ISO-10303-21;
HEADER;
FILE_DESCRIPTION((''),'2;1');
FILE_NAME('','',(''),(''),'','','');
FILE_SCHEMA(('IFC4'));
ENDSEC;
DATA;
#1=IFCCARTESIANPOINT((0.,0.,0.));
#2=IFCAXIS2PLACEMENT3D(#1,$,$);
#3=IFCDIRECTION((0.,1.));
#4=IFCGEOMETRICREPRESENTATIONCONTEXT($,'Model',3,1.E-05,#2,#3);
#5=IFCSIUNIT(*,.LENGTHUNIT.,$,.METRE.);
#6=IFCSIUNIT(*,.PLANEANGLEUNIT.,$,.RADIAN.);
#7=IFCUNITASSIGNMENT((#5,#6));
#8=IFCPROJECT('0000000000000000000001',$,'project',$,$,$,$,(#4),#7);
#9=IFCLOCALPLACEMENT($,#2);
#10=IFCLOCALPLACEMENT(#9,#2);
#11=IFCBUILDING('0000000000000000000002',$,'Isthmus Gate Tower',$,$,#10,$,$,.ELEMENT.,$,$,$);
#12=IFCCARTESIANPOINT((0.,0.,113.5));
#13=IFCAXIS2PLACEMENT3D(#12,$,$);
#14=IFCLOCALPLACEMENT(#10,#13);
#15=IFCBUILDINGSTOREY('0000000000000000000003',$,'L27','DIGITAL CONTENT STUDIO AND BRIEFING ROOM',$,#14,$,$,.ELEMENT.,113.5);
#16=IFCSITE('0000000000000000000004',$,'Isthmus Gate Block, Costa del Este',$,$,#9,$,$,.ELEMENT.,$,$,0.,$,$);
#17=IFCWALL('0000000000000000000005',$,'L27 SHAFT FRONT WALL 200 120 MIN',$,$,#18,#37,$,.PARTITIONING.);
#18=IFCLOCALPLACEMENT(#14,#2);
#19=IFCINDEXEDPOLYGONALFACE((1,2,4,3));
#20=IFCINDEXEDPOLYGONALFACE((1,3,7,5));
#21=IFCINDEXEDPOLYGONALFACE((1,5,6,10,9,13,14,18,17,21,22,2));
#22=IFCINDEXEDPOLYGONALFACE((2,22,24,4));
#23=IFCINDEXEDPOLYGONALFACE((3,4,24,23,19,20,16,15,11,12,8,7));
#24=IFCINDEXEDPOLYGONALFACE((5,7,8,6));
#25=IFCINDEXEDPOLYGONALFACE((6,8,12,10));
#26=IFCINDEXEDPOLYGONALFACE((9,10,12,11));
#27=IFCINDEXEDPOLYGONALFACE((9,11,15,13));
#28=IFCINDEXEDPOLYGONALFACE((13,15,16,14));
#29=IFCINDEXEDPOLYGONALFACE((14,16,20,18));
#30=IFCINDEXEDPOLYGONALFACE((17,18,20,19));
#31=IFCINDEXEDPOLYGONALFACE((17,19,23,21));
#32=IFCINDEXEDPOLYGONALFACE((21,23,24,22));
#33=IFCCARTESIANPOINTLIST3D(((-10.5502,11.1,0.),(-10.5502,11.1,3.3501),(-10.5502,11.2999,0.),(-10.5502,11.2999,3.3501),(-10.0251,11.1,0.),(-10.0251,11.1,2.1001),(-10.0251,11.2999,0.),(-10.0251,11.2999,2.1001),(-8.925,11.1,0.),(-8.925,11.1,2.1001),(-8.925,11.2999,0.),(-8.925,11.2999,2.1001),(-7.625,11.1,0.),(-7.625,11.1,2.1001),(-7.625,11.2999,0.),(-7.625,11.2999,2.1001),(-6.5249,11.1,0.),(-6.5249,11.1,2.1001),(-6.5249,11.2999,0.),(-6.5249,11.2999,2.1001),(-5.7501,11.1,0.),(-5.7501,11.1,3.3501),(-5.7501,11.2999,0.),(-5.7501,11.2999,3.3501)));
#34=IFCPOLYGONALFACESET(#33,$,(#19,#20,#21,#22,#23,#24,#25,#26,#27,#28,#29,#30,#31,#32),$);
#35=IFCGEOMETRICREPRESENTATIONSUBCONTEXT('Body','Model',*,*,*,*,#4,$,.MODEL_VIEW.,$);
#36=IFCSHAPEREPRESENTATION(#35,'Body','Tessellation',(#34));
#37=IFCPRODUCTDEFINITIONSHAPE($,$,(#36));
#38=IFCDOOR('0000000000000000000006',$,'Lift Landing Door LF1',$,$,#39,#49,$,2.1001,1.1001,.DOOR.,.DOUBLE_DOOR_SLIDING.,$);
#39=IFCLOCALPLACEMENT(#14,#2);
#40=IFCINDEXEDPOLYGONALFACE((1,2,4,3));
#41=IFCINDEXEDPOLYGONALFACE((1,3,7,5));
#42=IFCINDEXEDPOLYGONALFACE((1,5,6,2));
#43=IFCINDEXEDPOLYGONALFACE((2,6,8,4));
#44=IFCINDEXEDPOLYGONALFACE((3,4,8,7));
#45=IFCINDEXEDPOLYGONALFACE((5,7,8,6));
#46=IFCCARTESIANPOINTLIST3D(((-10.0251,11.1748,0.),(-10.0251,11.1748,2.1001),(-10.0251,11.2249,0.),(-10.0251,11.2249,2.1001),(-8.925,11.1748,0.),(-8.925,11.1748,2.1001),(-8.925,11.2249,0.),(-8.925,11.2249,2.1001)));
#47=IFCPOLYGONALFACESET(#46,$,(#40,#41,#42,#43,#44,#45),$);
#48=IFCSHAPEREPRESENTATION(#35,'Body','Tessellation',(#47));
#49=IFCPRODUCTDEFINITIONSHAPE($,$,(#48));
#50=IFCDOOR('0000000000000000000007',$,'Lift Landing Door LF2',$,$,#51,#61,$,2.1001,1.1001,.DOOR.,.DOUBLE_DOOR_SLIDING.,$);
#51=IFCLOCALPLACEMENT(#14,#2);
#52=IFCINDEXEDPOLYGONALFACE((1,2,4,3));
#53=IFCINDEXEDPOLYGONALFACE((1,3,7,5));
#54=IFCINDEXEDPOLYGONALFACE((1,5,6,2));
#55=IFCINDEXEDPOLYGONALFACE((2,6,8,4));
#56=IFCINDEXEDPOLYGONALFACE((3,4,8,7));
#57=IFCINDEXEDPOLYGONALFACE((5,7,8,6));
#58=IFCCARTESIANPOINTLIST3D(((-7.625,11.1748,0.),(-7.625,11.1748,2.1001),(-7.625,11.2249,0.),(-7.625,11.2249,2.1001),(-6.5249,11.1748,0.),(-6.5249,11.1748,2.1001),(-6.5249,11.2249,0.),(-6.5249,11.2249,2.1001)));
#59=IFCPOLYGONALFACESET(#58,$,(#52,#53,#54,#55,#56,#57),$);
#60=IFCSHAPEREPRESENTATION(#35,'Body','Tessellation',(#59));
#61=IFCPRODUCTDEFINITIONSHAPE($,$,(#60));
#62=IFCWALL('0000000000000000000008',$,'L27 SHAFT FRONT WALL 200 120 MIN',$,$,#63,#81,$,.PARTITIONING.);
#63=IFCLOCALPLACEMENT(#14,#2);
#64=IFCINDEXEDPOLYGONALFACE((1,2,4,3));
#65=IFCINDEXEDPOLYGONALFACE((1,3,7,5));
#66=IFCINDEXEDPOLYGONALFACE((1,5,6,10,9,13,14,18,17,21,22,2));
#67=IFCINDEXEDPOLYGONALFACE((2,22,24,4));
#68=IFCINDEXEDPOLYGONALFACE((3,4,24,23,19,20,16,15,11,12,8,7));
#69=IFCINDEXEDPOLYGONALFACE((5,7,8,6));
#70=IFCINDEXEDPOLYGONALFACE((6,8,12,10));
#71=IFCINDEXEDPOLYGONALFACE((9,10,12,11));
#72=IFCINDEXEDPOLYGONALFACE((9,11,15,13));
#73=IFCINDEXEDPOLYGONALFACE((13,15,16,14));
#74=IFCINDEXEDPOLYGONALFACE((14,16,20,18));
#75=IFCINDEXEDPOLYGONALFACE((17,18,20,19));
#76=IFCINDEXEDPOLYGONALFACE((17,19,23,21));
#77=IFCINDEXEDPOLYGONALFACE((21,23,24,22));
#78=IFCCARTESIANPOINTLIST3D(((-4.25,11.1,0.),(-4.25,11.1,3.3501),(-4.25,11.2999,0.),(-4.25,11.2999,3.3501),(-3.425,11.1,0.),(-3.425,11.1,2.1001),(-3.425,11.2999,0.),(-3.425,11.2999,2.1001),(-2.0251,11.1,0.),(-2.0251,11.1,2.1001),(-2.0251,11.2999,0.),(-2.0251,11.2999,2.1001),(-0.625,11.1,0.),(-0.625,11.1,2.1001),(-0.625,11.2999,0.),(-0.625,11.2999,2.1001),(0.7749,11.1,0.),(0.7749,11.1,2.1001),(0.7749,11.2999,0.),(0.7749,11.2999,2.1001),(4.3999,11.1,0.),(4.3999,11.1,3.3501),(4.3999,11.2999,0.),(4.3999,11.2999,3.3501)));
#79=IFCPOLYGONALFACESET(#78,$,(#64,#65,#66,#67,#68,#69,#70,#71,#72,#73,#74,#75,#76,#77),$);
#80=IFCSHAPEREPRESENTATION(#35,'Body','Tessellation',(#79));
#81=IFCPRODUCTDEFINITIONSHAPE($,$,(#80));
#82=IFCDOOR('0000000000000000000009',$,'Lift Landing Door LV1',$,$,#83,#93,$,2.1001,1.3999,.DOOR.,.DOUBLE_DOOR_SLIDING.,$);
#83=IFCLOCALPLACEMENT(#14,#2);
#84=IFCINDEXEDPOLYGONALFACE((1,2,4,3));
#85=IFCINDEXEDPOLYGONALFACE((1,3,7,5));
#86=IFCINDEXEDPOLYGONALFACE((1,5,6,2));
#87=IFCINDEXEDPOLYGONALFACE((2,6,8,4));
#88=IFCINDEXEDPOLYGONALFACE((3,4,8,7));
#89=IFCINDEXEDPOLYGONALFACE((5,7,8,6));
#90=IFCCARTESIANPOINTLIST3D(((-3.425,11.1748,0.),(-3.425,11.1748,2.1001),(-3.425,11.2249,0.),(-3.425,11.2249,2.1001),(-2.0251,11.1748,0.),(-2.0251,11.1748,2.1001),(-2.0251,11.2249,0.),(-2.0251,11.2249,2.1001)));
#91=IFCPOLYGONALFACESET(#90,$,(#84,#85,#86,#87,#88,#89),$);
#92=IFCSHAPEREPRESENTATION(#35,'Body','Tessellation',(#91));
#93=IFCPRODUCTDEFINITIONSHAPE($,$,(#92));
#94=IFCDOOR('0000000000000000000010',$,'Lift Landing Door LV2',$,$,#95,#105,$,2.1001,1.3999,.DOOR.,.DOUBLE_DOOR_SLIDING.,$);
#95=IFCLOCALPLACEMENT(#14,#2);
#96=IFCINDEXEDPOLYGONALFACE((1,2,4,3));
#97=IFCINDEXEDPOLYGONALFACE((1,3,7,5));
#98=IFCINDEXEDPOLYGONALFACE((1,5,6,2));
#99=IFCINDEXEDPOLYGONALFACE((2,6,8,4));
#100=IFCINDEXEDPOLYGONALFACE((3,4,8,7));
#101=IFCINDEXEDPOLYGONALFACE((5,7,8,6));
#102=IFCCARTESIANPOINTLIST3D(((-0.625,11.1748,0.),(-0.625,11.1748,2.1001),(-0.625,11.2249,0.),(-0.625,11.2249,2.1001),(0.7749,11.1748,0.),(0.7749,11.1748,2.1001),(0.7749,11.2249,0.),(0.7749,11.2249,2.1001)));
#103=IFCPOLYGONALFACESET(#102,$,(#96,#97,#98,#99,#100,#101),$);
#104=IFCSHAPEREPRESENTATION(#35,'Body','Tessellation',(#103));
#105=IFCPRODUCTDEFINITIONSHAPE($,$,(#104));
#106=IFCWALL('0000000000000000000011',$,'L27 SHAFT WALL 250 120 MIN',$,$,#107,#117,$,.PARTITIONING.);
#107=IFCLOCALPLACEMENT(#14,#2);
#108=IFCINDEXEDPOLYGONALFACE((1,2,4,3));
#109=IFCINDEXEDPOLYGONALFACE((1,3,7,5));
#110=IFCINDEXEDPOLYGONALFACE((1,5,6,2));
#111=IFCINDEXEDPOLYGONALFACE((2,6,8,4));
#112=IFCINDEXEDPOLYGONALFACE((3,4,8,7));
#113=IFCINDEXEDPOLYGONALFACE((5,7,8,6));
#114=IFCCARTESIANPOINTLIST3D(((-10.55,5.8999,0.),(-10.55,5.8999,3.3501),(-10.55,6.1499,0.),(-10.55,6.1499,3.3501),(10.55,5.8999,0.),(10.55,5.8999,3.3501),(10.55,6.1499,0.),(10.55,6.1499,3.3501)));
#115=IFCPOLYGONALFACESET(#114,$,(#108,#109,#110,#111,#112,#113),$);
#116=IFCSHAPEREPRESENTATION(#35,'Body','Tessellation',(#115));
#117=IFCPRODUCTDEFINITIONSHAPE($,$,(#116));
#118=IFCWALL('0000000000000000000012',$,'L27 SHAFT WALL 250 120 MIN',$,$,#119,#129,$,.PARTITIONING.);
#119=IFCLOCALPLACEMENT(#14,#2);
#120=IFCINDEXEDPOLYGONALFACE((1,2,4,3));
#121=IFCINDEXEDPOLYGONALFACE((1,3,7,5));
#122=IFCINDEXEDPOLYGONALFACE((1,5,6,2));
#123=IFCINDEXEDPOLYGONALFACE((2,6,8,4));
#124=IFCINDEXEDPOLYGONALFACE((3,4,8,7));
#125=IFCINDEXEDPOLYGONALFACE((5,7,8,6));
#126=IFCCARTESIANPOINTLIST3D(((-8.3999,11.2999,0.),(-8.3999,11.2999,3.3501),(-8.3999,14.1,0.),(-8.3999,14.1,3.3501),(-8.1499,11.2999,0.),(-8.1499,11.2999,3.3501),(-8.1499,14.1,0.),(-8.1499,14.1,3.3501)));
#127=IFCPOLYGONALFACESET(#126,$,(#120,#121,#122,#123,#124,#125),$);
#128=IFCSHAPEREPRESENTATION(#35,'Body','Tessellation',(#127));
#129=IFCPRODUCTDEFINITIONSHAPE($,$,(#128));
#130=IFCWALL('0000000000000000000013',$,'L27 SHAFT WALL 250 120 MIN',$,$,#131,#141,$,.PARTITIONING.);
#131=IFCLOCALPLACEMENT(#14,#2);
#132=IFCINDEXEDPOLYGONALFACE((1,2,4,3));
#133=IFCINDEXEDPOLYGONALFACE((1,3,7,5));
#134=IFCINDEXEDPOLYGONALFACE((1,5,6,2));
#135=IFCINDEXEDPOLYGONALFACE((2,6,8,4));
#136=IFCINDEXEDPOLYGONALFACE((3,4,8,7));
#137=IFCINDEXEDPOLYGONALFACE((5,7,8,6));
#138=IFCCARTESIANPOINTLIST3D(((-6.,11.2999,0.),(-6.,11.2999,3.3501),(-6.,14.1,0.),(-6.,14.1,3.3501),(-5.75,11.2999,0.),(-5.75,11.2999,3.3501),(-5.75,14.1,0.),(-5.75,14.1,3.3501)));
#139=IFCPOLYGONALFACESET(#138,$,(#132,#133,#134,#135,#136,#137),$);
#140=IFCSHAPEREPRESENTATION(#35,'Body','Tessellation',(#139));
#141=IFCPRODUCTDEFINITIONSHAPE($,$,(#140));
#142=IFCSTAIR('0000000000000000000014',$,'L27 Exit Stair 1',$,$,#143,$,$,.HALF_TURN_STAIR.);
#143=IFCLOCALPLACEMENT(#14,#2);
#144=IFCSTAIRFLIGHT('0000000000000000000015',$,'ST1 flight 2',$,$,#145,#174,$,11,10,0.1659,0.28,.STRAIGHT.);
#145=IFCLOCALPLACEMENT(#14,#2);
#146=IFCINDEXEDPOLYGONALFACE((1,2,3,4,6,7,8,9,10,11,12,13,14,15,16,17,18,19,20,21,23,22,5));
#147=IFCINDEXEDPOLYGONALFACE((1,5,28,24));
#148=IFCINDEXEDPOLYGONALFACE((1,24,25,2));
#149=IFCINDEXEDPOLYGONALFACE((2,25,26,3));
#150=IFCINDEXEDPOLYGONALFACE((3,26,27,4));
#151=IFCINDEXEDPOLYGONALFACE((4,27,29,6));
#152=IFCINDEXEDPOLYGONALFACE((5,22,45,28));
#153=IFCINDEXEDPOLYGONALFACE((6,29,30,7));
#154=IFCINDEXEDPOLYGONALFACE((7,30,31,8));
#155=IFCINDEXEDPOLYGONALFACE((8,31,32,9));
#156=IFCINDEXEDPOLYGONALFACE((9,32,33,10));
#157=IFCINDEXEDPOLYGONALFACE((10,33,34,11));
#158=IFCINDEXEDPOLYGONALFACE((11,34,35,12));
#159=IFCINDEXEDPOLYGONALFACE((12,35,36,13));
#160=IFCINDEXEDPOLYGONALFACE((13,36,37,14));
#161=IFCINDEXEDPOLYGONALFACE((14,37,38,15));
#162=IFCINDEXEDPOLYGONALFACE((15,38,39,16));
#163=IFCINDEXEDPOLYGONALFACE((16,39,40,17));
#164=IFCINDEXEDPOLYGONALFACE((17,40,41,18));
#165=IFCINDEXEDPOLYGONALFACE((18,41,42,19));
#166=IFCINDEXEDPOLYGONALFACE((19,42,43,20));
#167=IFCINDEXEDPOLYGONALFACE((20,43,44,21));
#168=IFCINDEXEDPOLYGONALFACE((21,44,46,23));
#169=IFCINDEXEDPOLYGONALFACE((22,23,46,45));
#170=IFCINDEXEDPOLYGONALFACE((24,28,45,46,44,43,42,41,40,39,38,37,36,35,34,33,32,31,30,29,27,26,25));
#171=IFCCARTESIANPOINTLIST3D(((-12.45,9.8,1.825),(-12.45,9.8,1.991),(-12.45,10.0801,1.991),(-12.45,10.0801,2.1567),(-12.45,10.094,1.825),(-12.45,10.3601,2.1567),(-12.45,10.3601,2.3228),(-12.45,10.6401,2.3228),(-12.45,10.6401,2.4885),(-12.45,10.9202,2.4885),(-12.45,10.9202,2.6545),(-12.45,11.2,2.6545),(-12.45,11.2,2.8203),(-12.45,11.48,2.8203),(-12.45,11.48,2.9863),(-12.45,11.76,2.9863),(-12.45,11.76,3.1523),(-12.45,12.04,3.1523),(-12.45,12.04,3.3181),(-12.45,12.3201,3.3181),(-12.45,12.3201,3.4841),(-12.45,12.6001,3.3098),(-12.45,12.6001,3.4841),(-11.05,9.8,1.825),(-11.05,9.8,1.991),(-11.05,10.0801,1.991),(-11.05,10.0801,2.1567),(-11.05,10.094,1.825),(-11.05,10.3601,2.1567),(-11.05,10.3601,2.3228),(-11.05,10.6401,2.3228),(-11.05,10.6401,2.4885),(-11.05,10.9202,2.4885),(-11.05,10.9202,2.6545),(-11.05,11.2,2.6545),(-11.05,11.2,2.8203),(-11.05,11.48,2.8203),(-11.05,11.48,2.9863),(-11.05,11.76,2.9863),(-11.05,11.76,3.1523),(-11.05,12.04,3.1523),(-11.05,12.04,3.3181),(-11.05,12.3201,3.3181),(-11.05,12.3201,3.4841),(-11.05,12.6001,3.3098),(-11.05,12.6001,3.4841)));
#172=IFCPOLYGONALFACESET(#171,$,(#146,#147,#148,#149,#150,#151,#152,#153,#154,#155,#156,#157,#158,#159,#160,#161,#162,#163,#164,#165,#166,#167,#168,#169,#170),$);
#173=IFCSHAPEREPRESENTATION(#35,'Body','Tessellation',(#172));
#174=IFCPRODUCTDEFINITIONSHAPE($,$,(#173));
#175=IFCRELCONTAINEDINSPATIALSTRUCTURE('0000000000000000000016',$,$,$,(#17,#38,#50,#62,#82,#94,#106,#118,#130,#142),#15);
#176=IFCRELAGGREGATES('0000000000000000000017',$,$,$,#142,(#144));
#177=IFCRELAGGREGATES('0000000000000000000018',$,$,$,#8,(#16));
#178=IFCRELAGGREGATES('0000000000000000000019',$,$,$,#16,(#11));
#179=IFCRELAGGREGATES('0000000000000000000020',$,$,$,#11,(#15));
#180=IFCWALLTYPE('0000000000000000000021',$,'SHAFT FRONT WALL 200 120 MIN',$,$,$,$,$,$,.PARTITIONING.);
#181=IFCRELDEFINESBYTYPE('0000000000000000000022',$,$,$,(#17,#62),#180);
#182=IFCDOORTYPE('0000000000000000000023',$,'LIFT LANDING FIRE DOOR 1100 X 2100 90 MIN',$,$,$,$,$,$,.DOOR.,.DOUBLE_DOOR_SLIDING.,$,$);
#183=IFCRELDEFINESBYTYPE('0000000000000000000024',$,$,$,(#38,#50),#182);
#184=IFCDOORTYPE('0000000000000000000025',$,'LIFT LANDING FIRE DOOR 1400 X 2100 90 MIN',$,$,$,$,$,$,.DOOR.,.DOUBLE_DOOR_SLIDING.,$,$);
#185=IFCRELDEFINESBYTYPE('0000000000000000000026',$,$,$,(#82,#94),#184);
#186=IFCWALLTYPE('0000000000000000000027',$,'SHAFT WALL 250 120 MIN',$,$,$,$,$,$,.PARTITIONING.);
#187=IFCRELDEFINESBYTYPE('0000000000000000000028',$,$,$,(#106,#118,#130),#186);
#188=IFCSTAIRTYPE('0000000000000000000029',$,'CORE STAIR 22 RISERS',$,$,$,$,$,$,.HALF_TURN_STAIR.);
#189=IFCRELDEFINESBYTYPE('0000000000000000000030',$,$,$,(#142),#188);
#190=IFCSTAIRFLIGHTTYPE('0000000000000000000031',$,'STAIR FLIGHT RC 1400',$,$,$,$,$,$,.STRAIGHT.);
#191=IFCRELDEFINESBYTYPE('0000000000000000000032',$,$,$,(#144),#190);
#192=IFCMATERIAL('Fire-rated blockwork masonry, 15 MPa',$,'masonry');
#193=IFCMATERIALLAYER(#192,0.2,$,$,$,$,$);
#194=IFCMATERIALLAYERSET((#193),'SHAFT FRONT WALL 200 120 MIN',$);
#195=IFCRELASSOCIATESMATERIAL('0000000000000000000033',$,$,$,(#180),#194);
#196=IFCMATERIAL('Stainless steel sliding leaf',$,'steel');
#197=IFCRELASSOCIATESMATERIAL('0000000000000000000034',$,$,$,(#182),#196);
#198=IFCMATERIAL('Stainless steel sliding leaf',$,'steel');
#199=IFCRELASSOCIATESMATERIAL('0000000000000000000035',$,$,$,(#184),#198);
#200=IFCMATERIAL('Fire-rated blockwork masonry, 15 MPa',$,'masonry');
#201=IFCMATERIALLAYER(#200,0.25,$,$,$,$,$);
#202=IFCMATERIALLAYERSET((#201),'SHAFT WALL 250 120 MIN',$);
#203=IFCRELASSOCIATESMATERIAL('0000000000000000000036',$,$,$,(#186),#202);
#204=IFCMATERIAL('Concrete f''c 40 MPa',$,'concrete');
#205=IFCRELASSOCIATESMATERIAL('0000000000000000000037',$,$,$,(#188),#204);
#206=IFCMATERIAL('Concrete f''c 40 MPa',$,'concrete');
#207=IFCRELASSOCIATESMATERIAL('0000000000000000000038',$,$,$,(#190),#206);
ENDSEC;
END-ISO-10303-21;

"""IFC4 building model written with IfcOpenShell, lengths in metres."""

from ifc_helpers import new_model, si_unit, direction, frame, frame_2d, origin, place, context, subcontext, project, spatial, polyline, rectangle, outline, extrude, material, layer, layer_set, type_object, element, fill, aggregate, save


model = new_model("IFC4")

# Units and contexts
model_context = context("Model", 3, precision=1e-05, world=origin(), true_north=direction((0.0, 1.0)))
body_context = subcontext(model_context, "Body", "Model", "MODEL_VIEW")
ifc_project = project(units=[si_unit("LENGTHUNIT", "METRE"), si_unit("PLANEANGLEUNIT", "RADIAN")], contexts=[model_context])

# Site, building, storey
site_placement = place(None, origin())
site = spatial("IfcSite", under=ifc_project, at=site_placement, Name="Isthmus Gate Block, Costa del Este", CompositionType="ELEMENT", RefElevation=0.0)
building_placement = place(site_placement, origin())
building = spatial("IfcBuilding", under=site, at=building_placement, Name="Isthmus Gate Tower", CompositionType="ELEMENT")
storey_placement = place(building_placement, frame((0.0, 0.0, 113.5)))
storey = spatial("IfcBuildingStorey", under=building, at=storey_placement, Name="L27", Description="DIGITAL CONTENT STUDIO AND BRIEFING ROOM", CompositionType="ELEMENT", Elevation=113.5)

# Walls, openings, doors
ifc_material_1 = material(Name="Fire-rated blockwork masonry, 15 MPa", Category="masonry")
ifc_layer_1 = layer(ifc_material_1, 0.2)
ifc_layer_set_1 = layer_set([ifc_layer_1], Name="SHAFT FRONT WALL 200 120 MIN")
wall_type_1 = type_object("IfcWallType", Name="SHAFT FRONT WALL 200 120 MIN", PredefinedType="PARTITIONING", material=ifc_layer_set_1)
wall_1_placement = place(storey_placement, frame((-10.55, 11.2, 0.0), z_axis=(0.0, 0.0, 1.0), x_axis=(1.0, 0.0, 0.0)))
wall_1 = element("IfcWall", 1, at=wall_1_placement, inside=storey, type_object=wall_type_1, Name="L27 SHAFT FRONT WALL 200 120 MIN", PredefinedType="PARTITIONING", context=body_context, shape_type="SweptSolid", body=[
    extrude(rectangle(XDim=4.8, YDim=0.2, at=frame_2d((2.3999, 0.0))), origin(), (0.0, 0.0, 1.0), 3.3501),
])
opening_1_placement = place(wall_1_placement, frame((0.5249, 0.0, 0.0)))
opening_1 = element("IfcOpeningElement", 2, at=opening_1_placement, cuts=wall_1, PredefinedType="OPENING", context=body_context, shape_type="SweptSolid", body=[
    extrude(rectangle(XDim=1.1001, YDim=2.1001, at=frame_2d((0.55, 1.05))), frame((0.0, 0.1099, 0.0), z_axis=(0.0, -1.0, 0.0), x_axis=(1.0, 0.0, 0.0)), (0.0, 0.0, 1.0), 0.22),
])
opening_2_placement = place(wall_1_placement, frame((2.925, 0.0, 0.0)))
opening_2 = element("IfcOpeningElement", 3, at=opening_2_placement, cuts=wall_1, PredefinedType="OPENING", context=body_context, shape_type="SweptSolid", body=[
    extrude(rectangle(XDim=1.1001, YDim=2.1001, at=frame_2d((0.55, 1.05))), frame((0.0, 0.1099, 0.0), z_axis=(0.0, -1.0, 0.0), x_axis=(1.0, 0.0, 0.0)), (0.0, 0.0, 1.0), 0.22),
])
ifc_material_2 = material(Name="Stainless steel sliding leaf", Category="steel")
door_type_1 = type_object("IfcDoorType", Name="LIFT LANDING FIRE DOOR 1100 X 2100 90 MIN", OperationType="DOUBLE_DOOR_SLIDING", PredefinedType="DOOR", material=ifc_material_2)
door_1_placement = place(opening_1_placement, origin())
door_1 = element("IfcDoor", 4, at=door_1_placement, inside=storey, type_object=door_type_1, Name="Lift Landing Door LF1", OperationType="DOUBLE_DOOR_SLIDING", OverallHeight=2.1001, OverallWidth=1.1001, PredefinedType="DOOR", context=body_context, shape_type="SweptSolid", body=[
    extrude(rectangle(XDim=1.1001, YDim=2.1001, at=frame_2d((0.55, 1.05))), frame((0.0, 0.0249, 0.0), z_axis=(0.0, -1.0, 0.0), x_axis=(1.0, 0.0, 0.0)), (0.0, 0.0, 1.0), 0.05),
])
fill(opening_1, door_1)
door_2_placement = place(opening_2_placement, origin())
door_2 = element("IfcDoor", 5, at=door_2_placement, inside=storey, type_object=door_type_1, Name="Lift Landing Door LF2", OperationType="DOUBLE_DOOR_SLIDING", OverallHeight=2.1001, OverallWidth=1.1001, PredefinedType="DOOR", context=body_context, shape_type="SweptSolid", body=[
    extrude(rectangle(XDim=1.1001, YDim=2.1001, at=frame_2d((0.55, 1.05))), frame((0.0, 0.0249, 0.0), z_axis=(0.0, -1.0, 0.0), x_axis=(1.0, 0.0, 0.0)), (0.0, 0.0, 1.0), 0.05),
])
fill(opening_2, door_2)
wall_2_placement = place(storey_placement, frame((-4.25, 11.2, 0.0), z_axis=(0.0, 0.0, 1.0), x_axis=(1.0, 0.0, 0.0)))
wall_2 = element("IfcWall", 6, at=wall_2_placement, inside=storey, type_object=wall_type_1, Name="L27 SHAFT FRONT WALL 200 120 MIN", PredefinedType="PARTITIONING", context=body_context, shape_type="SweptSolid", body=[
    extrude(rectangle(XDim=8.6499, YDim=0.2, at=frame_2d((4.325, 0.0))), origin(), (0.0, 0.0, 1.0), 3.3501),
])
opening_3_placement = place(wall_2_placement, frame((0.825, 0.0, 0.0)))
opening_3 = element("IfcOpeningElement", 7, at=opening_3_placement, cuts=wall_2, PredefinedType="OPENING", context=body_context, shape_type="SweptSolid", body=[
    extrude(rectangle(XDim=1.3999, YDim=2.1001, at=frame_2d((0.7, 1.05))), frame((0.0, 0.1099, 0.0), z_axis=(0.0, -1.0, 0.0), x_axis=(1.0, 0.0, 0.0)), (0.0, 0.0, 1.0), 0.22),
])
opening_4_placement = place(wall_2_placement, frame((3.625, 0.0, 0.0)))
opening_4 = element("IfcOpeningElement", 8, at=opening_4_placement, cuts=wall_2, PredefinedType="OPENING", context=body_context, shape_type="SweptSolid", body=[
    extrude(rectangle(XDim=1.3999, YDim=2.1001, at=frame_2d((0.7, 1.05))), frame((0.0, 0.1099, 0.0), z_axis=(0.0, -1.0, 0.0), x_axis=(1.0, 0.0, 0.0)), (0.0, 0.0, 1.0), 0.22),
])
ifc_material_3 = material(Name="Stainless steel sliding leaf", Category="steel")
door_type_2 = type_object("IfcDoorType", Name="LIFT LANDING FIRE DOOR 1400 X 2100 90 MIN", OperationType="DOUBLE_DOOR_SLIDING", PredefinedType="DOOR", material=ifc_material_3)
door_3_placement = place(opening_3_placement, origin())
door_3 = element("IfcDoor", 9, at=door_3_placement, inside=storey, type_object=door_type_2, Name="Lift Landing Door LV1", OperationType="DOUBLE_DOOR_SLIDING", OverallHeight=2.1001, OverallWidth=1.3999, PredefinedType="DOOR", context=body_context, shape_type="SweptSolid", body=[
    extrude(rectangle(XDim=1.3999, YDim=2.1001, at=frame_2d((0.7, 1.05))), frame((0.0, 0.0249, 0.0), z_axis=(0.0, -1.0, 0.0), x_axis=(1.0, 0.0, 0.0)), (0.0, 0.0, 1.0), 0.05),
])
fill(opening_3, door_3)
door_4_placement = place(opening_4_placement, origin())
door_4 = element("IfcDoor", 10, at=door_4_placement, inside=storey, type_object=door_type_2, Name="Lift Landing Door LV2", OperationType="DOUBLE_DOOR_SLIDING", OverallHeight=2.1001, OverallWidth=1.3999, PredefinedType="DOOR", context=body_context, shape_type="SweptSolid", body=[
    extrude(rectangle(XDim=1.3999, YDim=2.1001, at=frame_2d((0.7, 1.05))), frame((0.0, 0.0249, 0.0), z_axis=(0.0, -1.0, 0.0), x_axis=(1.0, 0.0, 0.0)), (0.0, 0.0, 1.0), 0.05),
])
fill(opening_4, door_4)

# Walls
ifc_material_4 = material(Name="Fire-rated blockwork masonry, 15 MPa", Category="masonry")
ifc_layer_2 = layer(ifc_material_4, 0.25)
ifc_layer_set_2 = layer_set([ifc_layer_2], Name="SHAFT WALL 250 120 MIN")
wall_type_2 = type_object("IfcWallType", Name="SHAFT WALL 250 120 MIN", PredefinedType="PARTITIONING", material=ifc_layer_set_2)
wall_3_placement = place(storey_placement, frame((-10.55, 6.0249, 0.0), z_axis=(0.0, 0.0, 1.0), x_axis=(1.0, 0.0, 0.0)))
element("IfcWall", 11, at=wall_3_placement, inside=storey, type_object=wall_type_2, Name="L27 SHAFT WALL 250 120 MIN", PredefinedType="PARTITIONING", context=body_context, shape_type="SweptSolid", body=[
    extrude(rectangle(XDim=21.1001, YDim=0.25, at=frame_2d((10.55, 0.0))), origin(), (0.0, 0.0, 1.0), 3.3501),
])
for number, where, z_axis, x_axis, name in (
    (12, (-8.2749, 11.3, 0.0), (0.0, 0.0, 1.0), (0.0, 1.0, 0.0), "L27 SHAFT WALL 250 120 MIN"),
    (13, (-5.875, 11.3, 0.0), (0.0, 0.0, 1.0), (0.0, 1.0, 0.0), "L27 SHAFT WALL 250 120 MIN"),
):
    element("IfcWall", number, at=place(storey_placement, frame(where, z_axis=z_axis, x_axis=x_axis)), inside=storey, type_object=wall_type_2, Name=name, PredefinedType="PARTITIONING", context=body_context, shape_type="SweptSolid", body=[
        extrude(rectangle(XDim=2.8, YDim=0.25, at=frame_2d((1.3999, 0.0))), origin(), (0.0, 0.0, 1.0), 3.3501),
    ])

# Stair, stair flight
ifc_material_5 = material(Name="Concrete f'c 40 MPa", Category="concrete")
stair_type = type_object("IfcStairType", Name="CORE STAIR 22 RISERS", PredefinedType="HALF_TURN_STAIR", material=ifc_material_5)
stair_1_placement = place(storey_placement, origin())
stair_1 = element("IfcStair", 14, at=stair_1_placement, inside=storey, type_object=stair_type, Name="L27 Exit Stair 1", PredefinedType="HALF_TURN_STAIR")
ifc_material_6 = material(Name="Concrete f'c 40 MPa", Category="concrete")
stair_flight_type = type_object("IfcStairFlightType", Name="STAIR FLIGHT RC 1400", PredefinedType="STRAIGHT", material=ifc_material_6)
stair_flight_1_placement = place(storey_placement, frame((-11.75, 9.8, 1.825), z_axis=(0.0, 0.0, 1.0), x_axis=(0.0, 1.0, 0.0)))
stair_flight_1 = element("IfcStairFlight", 15, at=stair_flight_1_placement, type_object=stair_flight_type, Name="ST1 flight 2", NumberOfRisers=11, NumberOfTreads=10, PredefinedType="STRAIGHT", RiserHeight=0.1659, TreadLength=0.28, context=body_context, shape_type="SweptSolid", body=[
    extrude(outline(polyline([(0.0, 0.0), (0.0, 0.166), (0.28, 0.166), (0.28, 0.3318), (0.5601, 0.3318), (0.5601, 0.4978), (0.8401, 0.4978), (0.8401, 0.6636), (1.1201, 0.6636), (1.1201, 0.8296), (1.3999, 0.8296), (1.3999, 0.9954), (1.6799, 0.9954), (1.6799, 1.1614), (1.96, 1.1614), (1.96, 1.3274), (2.24, 1.3274), (2.24, 1.4932), (2.52, 1.4932), (2.52, 1.6592), (2.8, 1.6592), (2.8, 1.825), (2.8, 1.4849), (0.2939, 0.0), (0.0, 0.0)])), frame((0.0, 0.7, 0.0), z_axis=(0.0, -1.0, 0.0), x_axis=(1.0, 0.0, 0.0)), (0.0, 0.0, 1.0), 1.3999),
])
aggregate(stair_1, [stair_flight_1])

save(model, "model.ifc")
